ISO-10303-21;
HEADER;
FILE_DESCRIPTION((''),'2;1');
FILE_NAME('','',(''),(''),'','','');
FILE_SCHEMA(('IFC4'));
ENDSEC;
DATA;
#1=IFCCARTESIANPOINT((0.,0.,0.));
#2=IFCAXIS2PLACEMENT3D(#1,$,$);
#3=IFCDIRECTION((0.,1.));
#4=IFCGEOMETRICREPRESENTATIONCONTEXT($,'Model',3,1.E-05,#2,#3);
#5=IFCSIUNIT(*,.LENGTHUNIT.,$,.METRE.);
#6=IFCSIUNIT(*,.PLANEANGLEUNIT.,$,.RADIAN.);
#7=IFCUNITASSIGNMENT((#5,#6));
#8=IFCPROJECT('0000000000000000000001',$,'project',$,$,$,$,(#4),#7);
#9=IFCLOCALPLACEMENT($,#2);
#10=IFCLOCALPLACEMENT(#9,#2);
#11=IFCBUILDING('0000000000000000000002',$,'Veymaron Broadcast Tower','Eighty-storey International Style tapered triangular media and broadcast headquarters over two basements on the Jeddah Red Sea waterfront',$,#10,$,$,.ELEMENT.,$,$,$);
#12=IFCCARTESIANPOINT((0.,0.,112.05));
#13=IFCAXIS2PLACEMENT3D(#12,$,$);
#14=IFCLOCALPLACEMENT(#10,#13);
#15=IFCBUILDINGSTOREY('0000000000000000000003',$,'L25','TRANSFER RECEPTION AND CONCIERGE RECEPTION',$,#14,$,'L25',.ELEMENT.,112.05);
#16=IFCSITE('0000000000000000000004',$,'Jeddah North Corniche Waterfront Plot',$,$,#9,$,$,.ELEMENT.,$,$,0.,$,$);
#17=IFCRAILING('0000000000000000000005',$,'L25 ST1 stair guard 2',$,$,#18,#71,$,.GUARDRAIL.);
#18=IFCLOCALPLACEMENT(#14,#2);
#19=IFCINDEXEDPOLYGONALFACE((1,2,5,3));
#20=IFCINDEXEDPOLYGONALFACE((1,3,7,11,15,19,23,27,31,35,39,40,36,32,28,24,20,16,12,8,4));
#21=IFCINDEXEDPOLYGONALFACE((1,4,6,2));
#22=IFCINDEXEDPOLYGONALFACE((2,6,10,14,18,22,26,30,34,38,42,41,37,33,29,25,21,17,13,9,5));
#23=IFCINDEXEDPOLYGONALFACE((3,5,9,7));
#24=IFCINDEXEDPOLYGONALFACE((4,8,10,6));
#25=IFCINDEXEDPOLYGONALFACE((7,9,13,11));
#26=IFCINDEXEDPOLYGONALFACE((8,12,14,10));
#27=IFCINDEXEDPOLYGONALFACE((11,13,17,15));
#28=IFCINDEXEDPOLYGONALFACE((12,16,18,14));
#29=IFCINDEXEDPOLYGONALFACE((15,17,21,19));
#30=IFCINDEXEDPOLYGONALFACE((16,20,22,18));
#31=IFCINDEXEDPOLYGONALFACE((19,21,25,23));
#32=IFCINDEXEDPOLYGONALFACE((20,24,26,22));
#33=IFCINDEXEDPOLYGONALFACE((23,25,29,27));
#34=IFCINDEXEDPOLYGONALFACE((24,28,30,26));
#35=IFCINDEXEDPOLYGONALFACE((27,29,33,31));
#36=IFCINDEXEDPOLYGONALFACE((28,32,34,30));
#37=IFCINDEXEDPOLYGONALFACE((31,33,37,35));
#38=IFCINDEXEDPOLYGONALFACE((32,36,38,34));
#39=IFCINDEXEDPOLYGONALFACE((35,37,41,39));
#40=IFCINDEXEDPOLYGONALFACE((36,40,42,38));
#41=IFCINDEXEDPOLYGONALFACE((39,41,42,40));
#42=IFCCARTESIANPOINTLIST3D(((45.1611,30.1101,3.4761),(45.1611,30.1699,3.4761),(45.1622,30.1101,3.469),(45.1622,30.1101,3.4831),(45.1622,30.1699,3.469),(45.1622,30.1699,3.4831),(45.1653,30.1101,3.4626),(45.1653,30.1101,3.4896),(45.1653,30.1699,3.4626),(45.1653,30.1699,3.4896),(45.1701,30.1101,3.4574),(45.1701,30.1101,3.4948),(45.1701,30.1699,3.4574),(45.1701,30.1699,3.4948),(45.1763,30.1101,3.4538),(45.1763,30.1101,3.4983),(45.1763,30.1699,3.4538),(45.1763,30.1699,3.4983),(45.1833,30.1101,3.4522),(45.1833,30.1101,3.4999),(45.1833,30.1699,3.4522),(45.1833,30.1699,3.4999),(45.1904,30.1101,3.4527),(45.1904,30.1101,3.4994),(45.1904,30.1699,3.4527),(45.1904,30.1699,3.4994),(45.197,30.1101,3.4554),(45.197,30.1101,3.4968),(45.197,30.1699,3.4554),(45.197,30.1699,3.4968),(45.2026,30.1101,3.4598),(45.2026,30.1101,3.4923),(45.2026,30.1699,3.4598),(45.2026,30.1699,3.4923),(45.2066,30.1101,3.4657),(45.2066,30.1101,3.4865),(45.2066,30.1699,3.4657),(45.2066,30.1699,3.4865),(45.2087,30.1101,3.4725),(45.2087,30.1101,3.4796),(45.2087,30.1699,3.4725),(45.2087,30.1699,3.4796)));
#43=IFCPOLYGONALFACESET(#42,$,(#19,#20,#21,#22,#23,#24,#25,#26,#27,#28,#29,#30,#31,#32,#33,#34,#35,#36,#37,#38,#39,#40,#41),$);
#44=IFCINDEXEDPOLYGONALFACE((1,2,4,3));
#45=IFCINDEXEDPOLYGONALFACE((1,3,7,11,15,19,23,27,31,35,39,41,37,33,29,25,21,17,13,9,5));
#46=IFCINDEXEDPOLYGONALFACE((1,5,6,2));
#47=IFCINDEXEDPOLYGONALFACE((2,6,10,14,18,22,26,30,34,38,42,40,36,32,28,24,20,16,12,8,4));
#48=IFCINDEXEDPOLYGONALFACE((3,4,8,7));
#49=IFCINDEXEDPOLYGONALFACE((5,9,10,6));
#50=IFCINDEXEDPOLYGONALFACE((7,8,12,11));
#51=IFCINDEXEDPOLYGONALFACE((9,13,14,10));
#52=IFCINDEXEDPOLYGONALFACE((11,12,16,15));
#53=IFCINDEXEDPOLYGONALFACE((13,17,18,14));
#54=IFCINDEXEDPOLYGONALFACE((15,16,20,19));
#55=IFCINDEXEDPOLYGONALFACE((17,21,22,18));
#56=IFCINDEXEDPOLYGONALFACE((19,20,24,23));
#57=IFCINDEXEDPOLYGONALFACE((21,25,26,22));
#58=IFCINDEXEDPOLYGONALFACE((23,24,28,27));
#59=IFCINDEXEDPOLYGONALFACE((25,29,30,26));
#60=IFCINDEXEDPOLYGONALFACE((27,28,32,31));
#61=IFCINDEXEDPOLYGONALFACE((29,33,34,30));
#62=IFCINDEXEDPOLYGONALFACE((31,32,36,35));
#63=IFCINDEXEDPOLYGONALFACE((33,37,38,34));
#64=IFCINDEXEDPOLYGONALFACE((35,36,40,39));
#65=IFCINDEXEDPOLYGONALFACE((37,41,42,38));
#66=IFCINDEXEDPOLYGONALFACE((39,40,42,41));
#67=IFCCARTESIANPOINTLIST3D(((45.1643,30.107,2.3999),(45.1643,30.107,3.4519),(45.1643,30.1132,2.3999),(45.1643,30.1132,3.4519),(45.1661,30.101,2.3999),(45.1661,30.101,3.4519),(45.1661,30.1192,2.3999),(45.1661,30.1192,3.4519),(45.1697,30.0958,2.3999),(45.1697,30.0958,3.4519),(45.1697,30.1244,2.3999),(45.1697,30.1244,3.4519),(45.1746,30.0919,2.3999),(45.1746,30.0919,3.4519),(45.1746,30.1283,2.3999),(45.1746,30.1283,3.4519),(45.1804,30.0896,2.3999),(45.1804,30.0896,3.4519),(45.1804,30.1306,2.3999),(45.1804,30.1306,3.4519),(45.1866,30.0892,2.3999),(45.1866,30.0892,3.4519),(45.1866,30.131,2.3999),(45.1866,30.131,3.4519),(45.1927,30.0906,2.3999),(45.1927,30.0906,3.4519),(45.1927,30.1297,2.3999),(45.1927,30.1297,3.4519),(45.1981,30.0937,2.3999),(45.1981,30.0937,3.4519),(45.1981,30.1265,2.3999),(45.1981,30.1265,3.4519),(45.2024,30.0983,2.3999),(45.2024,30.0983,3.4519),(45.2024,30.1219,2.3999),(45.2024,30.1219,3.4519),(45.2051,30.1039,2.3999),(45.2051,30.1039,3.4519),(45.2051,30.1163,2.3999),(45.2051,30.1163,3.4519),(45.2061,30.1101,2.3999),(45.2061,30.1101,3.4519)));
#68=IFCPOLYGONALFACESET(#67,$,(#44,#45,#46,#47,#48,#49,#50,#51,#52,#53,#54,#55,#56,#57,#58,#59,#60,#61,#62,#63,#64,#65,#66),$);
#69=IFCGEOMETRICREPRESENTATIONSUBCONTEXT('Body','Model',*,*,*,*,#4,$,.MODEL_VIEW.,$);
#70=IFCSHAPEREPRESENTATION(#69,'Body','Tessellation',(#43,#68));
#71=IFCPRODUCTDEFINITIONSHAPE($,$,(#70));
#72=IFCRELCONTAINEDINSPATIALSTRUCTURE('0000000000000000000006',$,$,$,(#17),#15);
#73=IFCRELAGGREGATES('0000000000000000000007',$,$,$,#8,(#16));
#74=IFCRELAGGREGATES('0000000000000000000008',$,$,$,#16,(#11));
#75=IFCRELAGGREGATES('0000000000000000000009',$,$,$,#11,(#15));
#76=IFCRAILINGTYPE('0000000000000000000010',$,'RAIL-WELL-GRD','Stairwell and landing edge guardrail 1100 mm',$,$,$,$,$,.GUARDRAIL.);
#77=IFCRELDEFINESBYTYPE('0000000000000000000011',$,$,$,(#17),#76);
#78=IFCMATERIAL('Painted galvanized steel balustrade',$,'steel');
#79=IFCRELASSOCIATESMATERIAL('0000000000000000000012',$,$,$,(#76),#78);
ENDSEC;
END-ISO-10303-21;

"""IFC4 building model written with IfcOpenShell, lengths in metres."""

from ifc_helpers import new_model, si_unit, direction, frame, origin, origin_2d, place, context, subcontext, project, spatial, circle, extrude, material, type_object, element, save


model = new_model("IFC4")

# Units and contexts
model_context = context("Model", 3, precision=1e-05, world=origin(), true_north=direction((0.0, 1.0)))
body_context = subcontext(model_context, "Body", "Model", "MODEL_VIEW")
ifc_project = project(units=[si_unit("LENGTHUNIT", "METRE"), si_unit("PLANEANGLEUNIT", "RADIAN")], contexts=[model_context])

# Site, building, storey
site_placement = place(None, origin())
site = spatial("IfcSite", under=ifc_project, at=site_placement, Name="Jeddah North Corniche Waterfront Plot", CompositionType="ELEMENT", RefElevation=0.0)
building_placement = place(site_placement, origin())
building = spatial("IfcBuilding", under=site, at=building_placement, Name="Veymaron Broadcast Tower", Description="Eighty-storey International Style tapered triangular media and broadcast headquarters over two basements on the Jeddah Red Sea waterfront", CompositionType="ELEMENT")
storey_placement = place(building_placement, frame((0.0, 0.0, 112.05)))
storey = spatial("IfcBuildingStorey", under=building, at=storey_placement, Name="L25", Description="TRANSFER RECEPTION AND CONCIERGE RECEPTION", LongName="L25", CompositionType="ELEMENT", Elevation=112.05)

# Railing
ifc_material_1 = material(Name="Painted galvanized steel balustrade", Category="steel")
railing_type_1 = type_object("IfcRailingType", Name="RAIL-WELL-GRD", Description="Stairwell and landing edge guardrail 1100 mm", PredefinedType="GUARDRAIL", material=ifc_material_1)
railing_1_placement = place(storey_placement, frame((45.1851, 30.1101, 2.3999)))
element("IfcRailing", 1, at=railing_1_placement, inside=storey, type_object=railing_type_1, Name="L25 ST1 stair guard 2", PredefinedType="GUARDRAIL", context=body_context, shape_type="SweptSolid", body=[
    extrude(circle(Radius=0.0239, at=origin_2d()), frame((0.0, 0.0, 1.0762), z_axis=(0.0, 1.0, 0.0), x_axis=(-1.0, 0.0, 0.0)), (0.0, 0.0, 1.0), 0.0598),
    extrude(circle(Radius=0.021, at=origin_2d()), origin(), (0.0, 0.0, 1.0), 1.052),
])

save(model, "model.ifc")
